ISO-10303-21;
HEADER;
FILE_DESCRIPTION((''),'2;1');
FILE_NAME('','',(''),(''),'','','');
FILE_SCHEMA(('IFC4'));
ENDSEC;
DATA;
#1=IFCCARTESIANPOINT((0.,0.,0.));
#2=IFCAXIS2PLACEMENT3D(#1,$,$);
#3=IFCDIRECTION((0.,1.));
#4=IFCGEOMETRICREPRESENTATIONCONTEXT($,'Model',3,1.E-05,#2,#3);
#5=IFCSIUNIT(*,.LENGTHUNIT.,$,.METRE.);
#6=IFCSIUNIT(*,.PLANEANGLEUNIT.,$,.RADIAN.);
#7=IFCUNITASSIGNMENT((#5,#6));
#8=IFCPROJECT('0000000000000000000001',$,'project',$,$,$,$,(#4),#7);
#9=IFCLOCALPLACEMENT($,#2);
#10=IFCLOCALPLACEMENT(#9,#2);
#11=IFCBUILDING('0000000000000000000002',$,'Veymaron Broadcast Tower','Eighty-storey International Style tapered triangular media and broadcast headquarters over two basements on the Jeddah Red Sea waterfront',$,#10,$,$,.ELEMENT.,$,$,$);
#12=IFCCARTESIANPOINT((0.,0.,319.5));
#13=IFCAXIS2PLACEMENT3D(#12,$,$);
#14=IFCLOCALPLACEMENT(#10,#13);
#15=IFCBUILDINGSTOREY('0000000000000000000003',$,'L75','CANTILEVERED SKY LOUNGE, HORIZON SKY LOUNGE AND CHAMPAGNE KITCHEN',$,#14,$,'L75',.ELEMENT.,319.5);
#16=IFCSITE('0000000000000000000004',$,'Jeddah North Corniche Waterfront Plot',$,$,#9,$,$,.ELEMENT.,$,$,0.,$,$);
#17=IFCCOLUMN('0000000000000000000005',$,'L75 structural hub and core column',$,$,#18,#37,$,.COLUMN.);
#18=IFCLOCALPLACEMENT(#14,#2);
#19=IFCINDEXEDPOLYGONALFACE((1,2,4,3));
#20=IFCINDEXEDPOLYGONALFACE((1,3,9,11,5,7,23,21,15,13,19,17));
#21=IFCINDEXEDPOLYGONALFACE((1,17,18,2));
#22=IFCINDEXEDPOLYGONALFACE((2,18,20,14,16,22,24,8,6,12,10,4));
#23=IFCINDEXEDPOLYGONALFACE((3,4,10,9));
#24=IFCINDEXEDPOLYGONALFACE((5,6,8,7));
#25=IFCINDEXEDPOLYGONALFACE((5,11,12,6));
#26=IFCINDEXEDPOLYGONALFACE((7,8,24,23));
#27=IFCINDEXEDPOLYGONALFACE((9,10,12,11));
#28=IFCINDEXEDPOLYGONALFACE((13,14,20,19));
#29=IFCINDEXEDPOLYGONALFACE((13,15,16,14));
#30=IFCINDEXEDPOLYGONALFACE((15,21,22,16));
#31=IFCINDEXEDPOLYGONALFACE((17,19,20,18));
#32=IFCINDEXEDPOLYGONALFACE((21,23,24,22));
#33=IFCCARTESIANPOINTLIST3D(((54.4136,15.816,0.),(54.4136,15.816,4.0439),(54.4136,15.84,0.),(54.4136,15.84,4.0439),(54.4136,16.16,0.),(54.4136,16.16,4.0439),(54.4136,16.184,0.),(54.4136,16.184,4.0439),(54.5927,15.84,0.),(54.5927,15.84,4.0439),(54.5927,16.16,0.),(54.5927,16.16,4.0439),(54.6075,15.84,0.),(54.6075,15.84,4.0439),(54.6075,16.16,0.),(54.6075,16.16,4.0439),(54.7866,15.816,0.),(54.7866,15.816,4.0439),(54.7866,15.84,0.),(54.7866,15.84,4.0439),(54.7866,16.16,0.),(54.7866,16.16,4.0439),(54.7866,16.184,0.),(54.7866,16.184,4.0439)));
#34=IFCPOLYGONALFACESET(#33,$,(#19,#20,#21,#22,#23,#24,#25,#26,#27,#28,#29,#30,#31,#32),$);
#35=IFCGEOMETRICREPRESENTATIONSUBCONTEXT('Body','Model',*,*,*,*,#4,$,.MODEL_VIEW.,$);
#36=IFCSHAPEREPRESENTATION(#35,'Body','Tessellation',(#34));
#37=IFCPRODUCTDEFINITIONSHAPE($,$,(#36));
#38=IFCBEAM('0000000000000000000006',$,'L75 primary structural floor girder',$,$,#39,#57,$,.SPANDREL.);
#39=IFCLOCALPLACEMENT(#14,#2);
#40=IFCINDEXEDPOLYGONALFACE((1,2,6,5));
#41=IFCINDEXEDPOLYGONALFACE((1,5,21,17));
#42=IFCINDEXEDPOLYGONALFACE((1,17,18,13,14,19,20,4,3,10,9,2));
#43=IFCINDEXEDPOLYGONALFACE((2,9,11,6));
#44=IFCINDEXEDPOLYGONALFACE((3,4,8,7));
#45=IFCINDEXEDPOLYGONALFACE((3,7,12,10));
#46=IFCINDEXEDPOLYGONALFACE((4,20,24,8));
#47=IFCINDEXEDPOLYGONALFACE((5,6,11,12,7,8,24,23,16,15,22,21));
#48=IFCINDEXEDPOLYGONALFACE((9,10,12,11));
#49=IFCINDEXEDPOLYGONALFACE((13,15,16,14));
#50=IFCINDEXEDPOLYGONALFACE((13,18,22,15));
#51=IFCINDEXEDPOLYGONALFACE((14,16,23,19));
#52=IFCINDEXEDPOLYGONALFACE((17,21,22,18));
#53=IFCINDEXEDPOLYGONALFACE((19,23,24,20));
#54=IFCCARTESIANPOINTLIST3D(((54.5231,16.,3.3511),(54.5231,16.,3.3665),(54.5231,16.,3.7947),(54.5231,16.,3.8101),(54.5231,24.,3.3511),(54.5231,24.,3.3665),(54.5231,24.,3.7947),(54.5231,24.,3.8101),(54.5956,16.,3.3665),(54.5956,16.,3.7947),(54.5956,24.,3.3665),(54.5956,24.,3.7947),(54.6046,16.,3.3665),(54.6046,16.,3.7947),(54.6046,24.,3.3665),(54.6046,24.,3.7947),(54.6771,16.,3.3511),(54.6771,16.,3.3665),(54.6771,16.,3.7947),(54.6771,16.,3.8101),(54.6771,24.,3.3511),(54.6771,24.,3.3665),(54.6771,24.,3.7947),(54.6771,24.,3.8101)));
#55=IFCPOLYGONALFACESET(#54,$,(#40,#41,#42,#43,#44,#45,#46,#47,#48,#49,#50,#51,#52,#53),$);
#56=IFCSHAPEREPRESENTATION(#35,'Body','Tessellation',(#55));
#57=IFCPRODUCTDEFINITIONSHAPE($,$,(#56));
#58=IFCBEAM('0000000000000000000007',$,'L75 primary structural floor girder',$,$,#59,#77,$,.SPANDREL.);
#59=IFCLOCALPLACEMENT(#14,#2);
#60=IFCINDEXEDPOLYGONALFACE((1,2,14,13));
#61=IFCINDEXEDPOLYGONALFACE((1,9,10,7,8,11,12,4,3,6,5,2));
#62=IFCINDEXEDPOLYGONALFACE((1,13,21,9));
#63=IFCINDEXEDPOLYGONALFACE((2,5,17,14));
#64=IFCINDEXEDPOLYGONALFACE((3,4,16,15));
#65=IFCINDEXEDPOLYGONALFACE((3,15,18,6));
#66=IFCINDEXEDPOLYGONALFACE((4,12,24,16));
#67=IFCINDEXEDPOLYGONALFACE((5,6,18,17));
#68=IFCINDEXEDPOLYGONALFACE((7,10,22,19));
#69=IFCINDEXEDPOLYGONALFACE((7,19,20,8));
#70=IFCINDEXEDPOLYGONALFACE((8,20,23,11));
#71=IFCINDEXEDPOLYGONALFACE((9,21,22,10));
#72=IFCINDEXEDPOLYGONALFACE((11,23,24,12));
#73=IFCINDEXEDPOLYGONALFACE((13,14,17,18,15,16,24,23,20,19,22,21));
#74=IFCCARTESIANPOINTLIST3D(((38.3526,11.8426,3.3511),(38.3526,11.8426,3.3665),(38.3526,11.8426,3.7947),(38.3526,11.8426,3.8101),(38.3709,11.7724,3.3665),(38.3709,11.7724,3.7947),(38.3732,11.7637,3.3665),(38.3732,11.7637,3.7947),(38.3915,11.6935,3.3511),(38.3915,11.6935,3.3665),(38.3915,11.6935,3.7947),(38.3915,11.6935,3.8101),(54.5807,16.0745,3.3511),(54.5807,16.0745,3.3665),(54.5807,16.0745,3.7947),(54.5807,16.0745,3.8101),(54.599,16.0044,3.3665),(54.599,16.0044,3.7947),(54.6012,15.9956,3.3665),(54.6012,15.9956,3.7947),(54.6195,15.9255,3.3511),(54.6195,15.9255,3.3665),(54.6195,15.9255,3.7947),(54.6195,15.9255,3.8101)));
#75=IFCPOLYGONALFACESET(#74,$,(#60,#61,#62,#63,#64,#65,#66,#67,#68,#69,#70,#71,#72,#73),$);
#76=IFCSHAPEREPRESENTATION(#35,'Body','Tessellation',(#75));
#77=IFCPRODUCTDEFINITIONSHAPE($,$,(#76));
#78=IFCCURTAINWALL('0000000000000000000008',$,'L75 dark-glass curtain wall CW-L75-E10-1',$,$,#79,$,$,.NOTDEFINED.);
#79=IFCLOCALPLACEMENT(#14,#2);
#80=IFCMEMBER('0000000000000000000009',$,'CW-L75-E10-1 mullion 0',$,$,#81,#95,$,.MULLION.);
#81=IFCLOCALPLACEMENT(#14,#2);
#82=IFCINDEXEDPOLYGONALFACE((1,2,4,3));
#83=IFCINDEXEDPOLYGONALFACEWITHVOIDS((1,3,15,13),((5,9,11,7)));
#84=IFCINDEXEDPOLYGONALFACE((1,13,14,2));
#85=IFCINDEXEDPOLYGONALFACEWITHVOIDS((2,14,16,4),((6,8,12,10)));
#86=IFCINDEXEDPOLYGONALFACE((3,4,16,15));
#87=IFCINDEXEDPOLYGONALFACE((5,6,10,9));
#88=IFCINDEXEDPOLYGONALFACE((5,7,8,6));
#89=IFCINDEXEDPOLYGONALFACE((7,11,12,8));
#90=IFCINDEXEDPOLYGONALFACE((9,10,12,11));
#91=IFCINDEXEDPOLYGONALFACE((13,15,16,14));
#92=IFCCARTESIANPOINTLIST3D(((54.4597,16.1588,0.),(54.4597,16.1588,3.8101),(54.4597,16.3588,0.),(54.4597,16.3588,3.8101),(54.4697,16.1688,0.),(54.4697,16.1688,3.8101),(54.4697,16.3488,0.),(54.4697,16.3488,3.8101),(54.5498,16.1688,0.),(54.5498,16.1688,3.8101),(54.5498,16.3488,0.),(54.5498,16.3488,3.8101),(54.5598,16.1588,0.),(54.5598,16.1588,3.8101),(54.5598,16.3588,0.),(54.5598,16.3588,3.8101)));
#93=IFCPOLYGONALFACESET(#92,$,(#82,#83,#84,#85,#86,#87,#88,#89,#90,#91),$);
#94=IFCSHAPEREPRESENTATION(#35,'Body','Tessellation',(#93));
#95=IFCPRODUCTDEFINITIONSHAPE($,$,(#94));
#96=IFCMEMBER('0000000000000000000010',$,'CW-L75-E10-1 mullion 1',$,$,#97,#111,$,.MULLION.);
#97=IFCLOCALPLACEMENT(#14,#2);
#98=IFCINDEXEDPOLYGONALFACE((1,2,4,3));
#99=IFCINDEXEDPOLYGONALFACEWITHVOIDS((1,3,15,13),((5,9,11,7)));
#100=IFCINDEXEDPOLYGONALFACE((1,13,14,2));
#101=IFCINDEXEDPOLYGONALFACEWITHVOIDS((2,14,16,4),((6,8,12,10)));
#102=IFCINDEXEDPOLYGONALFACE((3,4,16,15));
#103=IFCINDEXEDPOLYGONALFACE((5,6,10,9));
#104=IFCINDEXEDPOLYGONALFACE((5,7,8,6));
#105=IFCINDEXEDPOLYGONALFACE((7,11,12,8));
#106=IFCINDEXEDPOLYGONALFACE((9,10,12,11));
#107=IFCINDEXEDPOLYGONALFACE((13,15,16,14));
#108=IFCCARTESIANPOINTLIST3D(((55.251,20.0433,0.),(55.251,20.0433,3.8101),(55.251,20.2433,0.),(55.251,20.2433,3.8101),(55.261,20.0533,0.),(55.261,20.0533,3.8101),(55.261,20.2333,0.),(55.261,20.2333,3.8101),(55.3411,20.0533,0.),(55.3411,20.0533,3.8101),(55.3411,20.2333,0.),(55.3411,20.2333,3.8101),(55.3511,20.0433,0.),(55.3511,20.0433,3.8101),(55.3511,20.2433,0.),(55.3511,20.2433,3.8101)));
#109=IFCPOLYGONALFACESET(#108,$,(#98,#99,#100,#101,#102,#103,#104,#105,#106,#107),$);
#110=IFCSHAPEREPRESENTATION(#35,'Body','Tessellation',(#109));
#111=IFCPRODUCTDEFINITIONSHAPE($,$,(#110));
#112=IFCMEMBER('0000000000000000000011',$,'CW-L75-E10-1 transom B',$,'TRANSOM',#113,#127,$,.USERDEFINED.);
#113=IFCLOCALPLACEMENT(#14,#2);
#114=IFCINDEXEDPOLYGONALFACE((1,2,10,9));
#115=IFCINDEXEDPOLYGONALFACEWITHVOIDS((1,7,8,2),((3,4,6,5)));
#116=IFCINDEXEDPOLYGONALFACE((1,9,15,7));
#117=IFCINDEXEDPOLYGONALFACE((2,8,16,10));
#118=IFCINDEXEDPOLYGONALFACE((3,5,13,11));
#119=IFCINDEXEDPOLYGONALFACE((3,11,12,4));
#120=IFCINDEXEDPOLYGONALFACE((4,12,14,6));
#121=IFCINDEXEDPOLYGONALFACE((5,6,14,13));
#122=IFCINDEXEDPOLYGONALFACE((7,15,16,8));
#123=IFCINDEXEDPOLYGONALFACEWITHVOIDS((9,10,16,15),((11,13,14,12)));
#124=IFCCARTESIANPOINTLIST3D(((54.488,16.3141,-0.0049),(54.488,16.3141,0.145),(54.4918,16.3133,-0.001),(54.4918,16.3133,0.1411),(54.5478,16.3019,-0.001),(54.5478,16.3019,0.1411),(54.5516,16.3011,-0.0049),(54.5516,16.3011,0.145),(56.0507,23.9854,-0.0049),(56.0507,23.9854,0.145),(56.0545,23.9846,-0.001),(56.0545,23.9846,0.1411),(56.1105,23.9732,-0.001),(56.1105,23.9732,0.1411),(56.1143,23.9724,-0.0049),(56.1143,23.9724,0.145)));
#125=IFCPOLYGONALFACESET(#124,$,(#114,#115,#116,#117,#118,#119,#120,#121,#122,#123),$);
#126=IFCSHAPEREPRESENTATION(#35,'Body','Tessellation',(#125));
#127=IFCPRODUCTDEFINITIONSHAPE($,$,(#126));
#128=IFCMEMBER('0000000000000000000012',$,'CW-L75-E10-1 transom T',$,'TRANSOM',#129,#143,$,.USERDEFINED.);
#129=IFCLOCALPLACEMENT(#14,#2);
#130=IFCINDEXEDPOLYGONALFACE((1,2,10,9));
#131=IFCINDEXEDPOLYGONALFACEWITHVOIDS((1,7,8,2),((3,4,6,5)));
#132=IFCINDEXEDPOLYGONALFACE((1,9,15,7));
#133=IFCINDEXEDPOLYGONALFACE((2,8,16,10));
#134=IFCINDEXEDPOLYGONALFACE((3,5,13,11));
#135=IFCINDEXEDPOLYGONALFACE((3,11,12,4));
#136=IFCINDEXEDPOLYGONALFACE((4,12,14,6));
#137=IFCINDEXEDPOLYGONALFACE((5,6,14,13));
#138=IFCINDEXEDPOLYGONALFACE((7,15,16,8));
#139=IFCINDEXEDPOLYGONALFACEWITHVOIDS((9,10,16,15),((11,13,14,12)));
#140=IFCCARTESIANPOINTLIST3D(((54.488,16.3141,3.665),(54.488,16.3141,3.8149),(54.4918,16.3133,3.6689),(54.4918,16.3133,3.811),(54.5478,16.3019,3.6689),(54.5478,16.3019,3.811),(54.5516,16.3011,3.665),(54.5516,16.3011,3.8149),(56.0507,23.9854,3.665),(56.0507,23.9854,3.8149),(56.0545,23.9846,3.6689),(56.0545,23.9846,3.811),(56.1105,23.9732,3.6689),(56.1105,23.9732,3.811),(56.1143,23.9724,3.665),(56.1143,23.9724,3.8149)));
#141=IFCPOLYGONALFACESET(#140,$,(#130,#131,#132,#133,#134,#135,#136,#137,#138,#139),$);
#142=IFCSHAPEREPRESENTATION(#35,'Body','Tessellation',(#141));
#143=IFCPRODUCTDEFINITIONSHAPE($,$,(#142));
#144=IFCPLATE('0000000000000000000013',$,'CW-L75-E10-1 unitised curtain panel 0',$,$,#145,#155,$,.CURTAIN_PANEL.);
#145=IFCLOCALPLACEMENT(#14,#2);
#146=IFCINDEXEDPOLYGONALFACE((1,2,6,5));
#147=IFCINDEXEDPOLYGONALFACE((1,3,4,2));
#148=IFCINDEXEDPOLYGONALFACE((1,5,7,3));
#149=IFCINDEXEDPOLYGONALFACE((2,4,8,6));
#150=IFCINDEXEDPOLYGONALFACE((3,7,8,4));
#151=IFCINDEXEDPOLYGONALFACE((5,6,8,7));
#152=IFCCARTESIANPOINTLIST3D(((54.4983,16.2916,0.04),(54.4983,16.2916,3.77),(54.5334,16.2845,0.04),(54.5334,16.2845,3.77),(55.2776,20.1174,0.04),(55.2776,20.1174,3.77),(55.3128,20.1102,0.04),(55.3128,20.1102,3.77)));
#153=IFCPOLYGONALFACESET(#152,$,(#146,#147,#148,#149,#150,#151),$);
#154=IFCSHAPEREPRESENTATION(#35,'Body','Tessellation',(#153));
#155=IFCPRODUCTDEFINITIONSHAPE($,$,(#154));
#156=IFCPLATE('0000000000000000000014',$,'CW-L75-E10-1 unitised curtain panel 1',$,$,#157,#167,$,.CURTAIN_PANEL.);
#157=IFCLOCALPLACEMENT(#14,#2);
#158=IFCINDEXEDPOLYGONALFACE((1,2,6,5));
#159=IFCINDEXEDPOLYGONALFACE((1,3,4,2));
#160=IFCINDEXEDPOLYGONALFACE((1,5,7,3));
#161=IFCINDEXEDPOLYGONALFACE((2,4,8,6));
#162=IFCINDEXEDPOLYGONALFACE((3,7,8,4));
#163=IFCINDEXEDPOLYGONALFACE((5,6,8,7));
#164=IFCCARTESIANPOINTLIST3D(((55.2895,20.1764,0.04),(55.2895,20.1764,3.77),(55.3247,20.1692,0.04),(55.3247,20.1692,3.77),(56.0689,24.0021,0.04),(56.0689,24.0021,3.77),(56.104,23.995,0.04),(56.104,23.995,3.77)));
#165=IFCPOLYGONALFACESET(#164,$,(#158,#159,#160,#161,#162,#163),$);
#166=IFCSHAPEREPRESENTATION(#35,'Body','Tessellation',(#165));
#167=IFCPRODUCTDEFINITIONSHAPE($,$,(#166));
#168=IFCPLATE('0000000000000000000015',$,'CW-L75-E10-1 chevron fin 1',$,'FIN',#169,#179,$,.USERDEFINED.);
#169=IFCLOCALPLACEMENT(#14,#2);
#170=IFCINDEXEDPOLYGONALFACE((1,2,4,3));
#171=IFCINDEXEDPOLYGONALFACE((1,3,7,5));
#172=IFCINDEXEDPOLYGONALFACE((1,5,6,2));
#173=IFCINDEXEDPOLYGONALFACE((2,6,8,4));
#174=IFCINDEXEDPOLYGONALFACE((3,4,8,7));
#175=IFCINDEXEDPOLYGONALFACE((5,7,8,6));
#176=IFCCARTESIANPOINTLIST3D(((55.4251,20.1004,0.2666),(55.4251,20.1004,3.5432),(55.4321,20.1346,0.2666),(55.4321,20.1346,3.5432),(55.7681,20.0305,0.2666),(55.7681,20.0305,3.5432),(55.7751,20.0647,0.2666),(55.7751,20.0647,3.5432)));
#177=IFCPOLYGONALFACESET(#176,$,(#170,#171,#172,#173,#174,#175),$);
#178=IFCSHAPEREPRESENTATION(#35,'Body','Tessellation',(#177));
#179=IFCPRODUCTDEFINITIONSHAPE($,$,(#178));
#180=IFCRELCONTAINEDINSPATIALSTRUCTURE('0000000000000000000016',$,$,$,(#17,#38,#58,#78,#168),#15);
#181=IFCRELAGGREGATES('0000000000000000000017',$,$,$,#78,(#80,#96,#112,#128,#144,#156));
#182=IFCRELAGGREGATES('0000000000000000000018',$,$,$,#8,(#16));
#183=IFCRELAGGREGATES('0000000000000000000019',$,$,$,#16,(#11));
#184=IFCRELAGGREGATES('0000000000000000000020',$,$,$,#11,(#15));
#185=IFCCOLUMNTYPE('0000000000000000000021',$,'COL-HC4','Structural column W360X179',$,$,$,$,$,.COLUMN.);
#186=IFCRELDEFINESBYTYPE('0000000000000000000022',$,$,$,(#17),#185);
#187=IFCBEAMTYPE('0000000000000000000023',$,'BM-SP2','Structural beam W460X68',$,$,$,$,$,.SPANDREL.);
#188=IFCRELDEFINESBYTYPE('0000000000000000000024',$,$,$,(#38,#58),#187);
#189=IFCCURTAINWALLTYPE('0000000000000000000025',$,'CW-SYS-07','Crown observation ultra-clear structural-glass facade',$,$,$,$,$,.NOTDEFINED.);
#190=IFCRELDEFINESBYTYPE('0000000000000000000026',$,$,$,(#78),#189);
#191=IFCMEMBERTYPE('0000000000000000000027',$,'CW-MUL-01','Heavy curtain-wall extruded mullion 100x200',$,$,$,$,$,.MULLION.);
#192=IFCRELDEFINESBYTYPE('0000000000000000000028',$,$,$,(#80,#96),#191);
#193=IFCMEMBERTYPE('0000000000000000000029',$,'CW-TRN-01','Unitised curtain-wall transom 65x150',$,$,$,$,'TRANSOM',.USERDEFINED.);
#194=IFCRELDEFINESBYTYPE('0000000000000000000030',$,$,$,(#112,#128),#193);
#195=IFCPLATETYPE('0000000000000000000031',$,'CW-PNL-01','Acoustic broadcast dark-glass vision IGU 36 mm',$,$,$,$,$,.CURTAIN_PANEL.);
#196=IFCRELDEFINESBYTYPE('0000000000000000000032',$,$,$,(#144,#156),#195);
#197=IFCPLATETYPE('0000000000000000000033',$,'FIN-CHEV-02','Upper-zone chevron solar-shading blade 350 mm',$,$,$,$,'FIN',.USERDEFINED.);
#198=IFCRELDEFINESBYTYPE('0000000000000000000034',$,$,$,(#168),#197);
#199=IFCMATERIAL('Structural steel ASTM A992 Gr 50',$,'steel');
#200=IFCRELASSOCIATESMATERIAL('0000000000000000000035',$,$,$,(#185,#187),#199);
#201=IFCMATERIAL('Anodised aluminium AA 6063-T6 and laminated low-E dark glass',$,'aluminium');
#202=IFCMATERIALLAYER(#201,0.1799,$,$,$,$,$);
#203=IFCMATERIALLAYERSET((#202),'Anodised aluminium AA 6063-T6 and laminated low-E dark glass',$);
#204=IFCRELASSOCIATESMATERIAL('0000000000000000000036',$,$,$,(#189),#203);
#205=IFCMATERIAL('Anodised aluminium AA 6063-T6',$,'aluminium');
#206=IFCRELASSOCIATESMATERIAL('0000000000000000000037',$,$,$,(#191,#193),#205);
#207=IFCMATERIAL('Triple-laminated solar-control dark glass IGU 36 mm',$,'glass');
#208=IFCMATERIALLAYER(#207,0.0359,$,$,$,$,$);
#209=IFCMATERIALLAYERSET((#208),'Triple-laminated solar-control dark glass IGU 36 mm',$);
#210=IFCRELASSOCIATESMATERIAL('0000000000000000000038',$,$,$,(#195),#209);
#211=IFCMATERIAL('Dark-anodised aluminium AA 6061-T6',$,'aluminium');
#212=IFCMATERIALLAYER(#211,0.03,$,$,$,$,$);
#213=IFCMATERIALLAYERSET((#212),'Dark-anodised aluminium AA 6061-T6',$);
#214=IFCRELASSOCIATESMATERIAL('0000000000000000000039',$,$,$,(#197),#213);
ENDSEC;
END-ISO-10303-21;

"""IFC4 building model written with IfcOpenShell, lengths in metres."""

from ifc_helpers import new_model, si_unit, direction, frame, origin, origin_2d, place, context, subcontext, project, spatial, rectangle, hollow_rectangle, i_section, extrude, material, layer, layer_set, material_profile, profile_set, type_object, element, aggregate, save


model = new_model("IFC4")

# Units and contexts
model_context = context("Model", 3, precision=1e-05, world=origin(), true_north=direction((0.0, 1.0)))
body_context = subcontext(model_context, "Body", "Model", "MODEL_VIEW")
ifc_project = project(units=[si_unit("LENGTHUNIT", "METRE"), si_unit("PLANEANGLEUNIT", "RADIAN")], contexts=[model_context])

# Site, building, storey
site_placement = place(None, origin())
site = spatial("IfcSite", under=ifc_project, at=site_placement, Name="Jeddah North Corniche Waterfront Plot", CompositionType="ELEMENT", RefElevation=0.0)
building_placement = place(site_placement, origin())
building = spatial("IfcBuilding", under=site, at=building_placement, Name="Veymaron Broadcast Tower", Description="Eighty-storey International Style tapered triangular media and broadcast headquarters over two basements on the Jeddah Red Sea waterfront", CompositionType="ELEMENT")
storey_placement = place(building_placement, frame((0.0, 0.0, 319.5)))
storey = spatial("IfcBuildingStorey", under=building, at=storey_placement, Name="L75", Description="CANTILEVERED SKY LOUNGE, HORIZON SKY LOUNGE AND CHAMPAGNE KITCHEN", LongName="L75", CompositionType="ELEMENT", Elevation=319.5)

# Column
ifc_material_1 = material(Name="Structural steel ASTM A992 Gr 50", Category="steel")
ifc_material_profile_1 = material_profile(ifc_material_1, i_section(OverallWidth=0.373, OverallDepth=0.3679, WebThickness=0.0149, FlangeThickness=0.0239, at=origin_2d()), Name="W360X179")
ifc_profile_set_1 = profile_set([ifc_material_profile_1], Name="Structural steel ASTM A992 Gr 50")
column_type = type_object("IfcColumnType", Name="COL-HC4", Description="Structural column W360X179", PredefinedType="COLUMN", material=ifc_profile_set_1)
column_placement = place(storey_placement, frame((54.6001, 16.0, 0.0), z_axis=(0.0, 0.0, 1.0), x_axis=(1.0, 0.0, 0.0)))
element("IfcColumn", 1, at=column_placement, inside=storey, type_object=column_type, Name="L75 structural hub and core column", PredefinedType="COLUMN", context=body_context, shape_type="SweptSolid", body=[
    extrude(i_section(OverallWidth=0.373, OverallDepth=0.3679, WebThickness=0.0149, FlangeThickness=0.0239, at=origin_2d()), origin(), (0.0, 0.0, 1.0), 4.0439),
])

# Beams
ifc_material_profile_2 = material_profile(ifc_material_1, i_section(OverallWidth=0.1541, OverallDepth=0.459, WebThickness=0.009, FlangeThickness=0.0154, at=origin_2d()), Name="W460X68")
ifc_profile_set_2 = profile_set([ifc_material_profile_2], Name="Structural steel ASTM A992 Gr 50")
beam_type = type_object("IfcBeamType", Name="BM-SP2", Description="Structural beam W460X68", PredefinedType="SPANDREL", material=ifc_profile_set_2)
beam_1_placement = place(storey_placement, frame((54.6001, 16.0, 3.5806), z_axis=(0.0, 1.0, 0.0), x_axis=(-1.0, 0.0, 0.0)))
element("IfcBeam", 2, at=beam_1_placement, inside=storey, type_object=beam_type, Name="L75 primary structural floor girder", PredefinedType="SPANDREL", context=body_context, shape_type="SweptSolid", body=[
    extrude(i_section(OverallWidth=0.1541, OverallDepth=0.459, WebThickness=0.009, FlangeThickness=0.0154, at=origin_2d()), origin(), (0.0, 0.0, 1.0), 8.0),
])
beam_2_placement = place(storey_placement, frame((54.6001, 16.0, 3.5806), z_axis=(-0.967639, -0.25234, 0.0), x_axis=(0.25234, -0.967639, 0.0)))
element("IfcBeam", 3, at=beam_2_placement, inside=storey, type_object=beam_type, Name="L75 primary structural floor girder", PredefinedType="SPANDREL", context=body_context, shape_type="SweptSolid", body=[
    extrude(i_section(OverallWidth=0.1541, OverallDepth=0.459, WebThickness=0.009, FlangeThickness=0.0154, at=origin_2d()), origin(), (0.0, 0.0, 1.0), 16.7708),
])

# Curtain wall, members, plates
ifc_material_2 = material(Name="Anodised aluminium AA 6063-T6 and laminated low-E dark glass", Category="aluminium")
ifc_layer_1 = layer(ifc_material_2, 0.1799)
ifc_layer_set_1 = layer_set([ifc_layer_1], Name="Anodised aluminium AA 6063-T6 and laminated low-E dark glass")
curtain_wall_type = type_object("IfcCurtainWallType", Name="CW-SYS-07", Description="Crown observation ultra-clear structural-glass facade", PredefinedType="NOTDEFINED", material=ifc_layer_set_1)
curtain_wall_placement = place(storey_placement, origin())
curtain_wall = element("IfcCurtainWall", 4, at=curtain_wall_placement, inside=storey, type_object=curtain_wall_type, Name="L75 dark-glass curtain wall CW-L75-E10-1", PredefinedType="NOTDEFINED")
ifc_material_3 = material(Name="Anodised aluminium AA 6063-T6", Category="aluminium")
ifc_material_profile_3 = material_profile(ifc_material_3, hollow_rectangle(XDim=0.1001, YDim=0.2, WallThickness=0.01, at=origin_2d()), Name="RHS200X100X10")
ifc_profile_set_3 = profile_set([ifc_material_profile_3], Name="Anodised aluminium AA 6063-T6")
member_type_1 = type_object("IfcMemberType", Name="CW-MUL-01", Description="Heavy curtain-wall extruded mullion 100x200", PredefinedType="MULLION", material=ifc_profile_set_3)
member_1_placement = place(storey_placement, frame((54.5098, 16.2588, 0.0), z_axis=(0.0, 0.0, 1.0), x_axis=(1.0, 0.0, 0.0)))
member_1 = element("IfcMember", 5, at=member_1_placement, type_object=member_type_1, Name="CW-L75-E10-1 mullion 0", PredefinedType="MULLION", context=body_context, shape_type="SweptSolid", body=[
    extrude(hollow_rectangle(XDim=0.1001, YDim=0.2, WallThickness=0.01, at=origin_2d()), origin(), (0.0, 0.0, 1.0), 3.8101),
])
member_2_placement = place(storey_placement, frame((55.301, 20.1433, 0.0), z_axis=(0.0, 0.0, 1.0), x_axis=(1.0, 0.0, 0.0)))
member_2 = element("IfcMember", 6, at=member_2_placement, type_object=member_type_1, Name="CW-L75-E10-1 mullion 1", PredefinedType="MULLION", context=body_context, shape_type="SweptSolid", body=[
    extrude(hollow_rectangle(XDim=0.1001, YDim=0.2, WallThickness=0.01, at=origin_2d()), origin(), (0.0, 0.0, 1.0), 3.8101),
])
ifc_material_profile_4 = material_profile(ifc_material_3, hollow_rectangle(XDim=0.0649, YDim=0.1499, WallThickness=0.0039, at=origin_2d()), Name="AL150X65X4")
ifc_profile_set_4 = profile_set([ifc_material_profile_4], Name="Anodised aluminium AA 6063-T6")
member_type_2 = type_object("IfcMemberType", Name="CW-TRN-01", Description="Unitised curtain-wall transom 65x150", ElementType="TRANSOM", PredefinedType="USERDEFINED", material=ifc_profile_set_4)
member_3_placement = place(storey_placement, frame((54.5198, 16.3076, 0.0701), z_axis=(0.199611, 0.979875, 0.0), x_axis=(-0.979875, 0.199611, 0.0)))
member_3 = element("IfcMember", 7, at=member_3_placement, type_object=member_type_2, Name="CW-L75-E10-1 transom B", ObjectType="TRANSOM", PredefinedType="USERDEFINED", context=body_context, shape_type="SweptSolid", body=[
    extrude(hollow_rectangle(XDim=0.0649, YDim=0.1499, WallThickness=0.0039, at=origin_2d()), origin(), (0.0, 0.0, 1.0), 7.8289),
])
member_4_placement = place(storey_placement, frame((54.5198, 16.3076, 3.74), z_axis=(0.199611, 0.979875, 0.0), x_axis=(-0.979875, 0.199611, 0.0)))
member_4 = element("IfcMember", 8, at=member_4_placement, type_object=member_type_2, Name="CW-L75-E10-1 transom T", ObjectType="TRANSOM", PredefinedType="USERDEFINED", context=body_context, shape_type="SweptSolid", body=[
    extrude(hollow_rectangle(XDim=0.0649, YDim=0.1499, WallThickness=0.0039, at=origin_2d()), origin(), (0.0, 0.0, 1.0), 7.8289),
])
ifc_material_4 = material(Name="Triple-laminated solar-control dark glass IGU 36 mm", Category="glass")
ifc_layer_2 = layer(ifc_material_4, 0.0359)
ifc_layer_set_2 = layer_set([ifc_layer_2], Name="Triple-laminated solar-control dark glass IGU 36 mm")
plate_type_1 = type_object("IfcPlateType", Name="CW-PNL-01", Description="Acoustic broadcast dark-glass vision IGU 36 mm", PredefinedType="CURTAIN_PANEL", material=ifc_layer_set_2)
plate_1_placement = place(storey_placement, frame((54.9055, 18.2009, 0.04), z_axis=(0.0, 0.0, 1.0), x_axis=(0.199607, 0.979876, 0.0)))
plate_1 = element("IfcPlate", 9, at=plate_1_placement, type_object=plate_type_1, Name="CW-L75-E10-1 unitised curtain panel 0", PredefinedType="CURTAIN_PANEL", context=body_context, shape_type="SweptSolid", body=[
    extrude(rectangle(XDim=3.9043, YDim=0.0359, at=origin_2d()), origin(), (0.0, 0.0, 1.0), 3.73),
])
plate_2_placement = place(storey_placement, frame((55.6968, 22.0857, 0.04), z_axis=(0.0, 0.0, 1.0), x_axis=(0.199607, 0.979876, 0.0)))
plate_2 = element("IfcPlate", 10, at=plate_2_placement, type_object=plate_type_1, Name="CW-L75-E10-1 unitised curtain panel 1", PredefinedType="CURTAIN_PANEL", context=body_context, shape_type="SweptSolid", body=[
    extrude(rectangle(XDim=3.9043, YDim=0.0359, at=origin_2d()), origin(), (0.0, 0.0, 1.0), 3.73),
])
aggregate(curtain_wall, [member_1, member_2, member_3, member_4, plate_1, plate_2])

# Plate
ifc_material_5 = material(Name="Dark-anodised aluminium AA 6061-T6", Category="aluminium")
ifc_layer_3 = layer(ifc_material_5, 0.03)
ifc_layer_set_3 = layer_set([ifc_layer_3], Name="Dark-anodised aluminium AA 6061-T6")
plate_type_2 = type_object("IfcPlateType", Name="FIN-CHEV-02", Description="Upper-zone chevron solar-shading blade 350 mm", ElementType="FIN", PredefinedType="USERDEFINED", material=ifc_layer_set_3)
plate_3_placement = place(storey_placement, frame((55.6001, 20.0825, 0.2666), z_axis=(0.0, 0.0, 1.0), x_axis=(0.979876, -0.199607, 0.0)))
element("IfcPlate", 11, at=plate_3_placement, inside=storey, type_object=plate_type_2, Name="CW-L75-E10-1 chevron fin 1", ObjectType="FIN", PredefinedType="USERDEFINED", context=body_context, shape_type="SweptSolid", body=[
    extrude(rectangle(XDim=0.3501, YDim=0.0349, at=origin_2d()), origin(), (0.0, 0.0, 1.0), 3.2766),
])

save(model, "model.ifc")
